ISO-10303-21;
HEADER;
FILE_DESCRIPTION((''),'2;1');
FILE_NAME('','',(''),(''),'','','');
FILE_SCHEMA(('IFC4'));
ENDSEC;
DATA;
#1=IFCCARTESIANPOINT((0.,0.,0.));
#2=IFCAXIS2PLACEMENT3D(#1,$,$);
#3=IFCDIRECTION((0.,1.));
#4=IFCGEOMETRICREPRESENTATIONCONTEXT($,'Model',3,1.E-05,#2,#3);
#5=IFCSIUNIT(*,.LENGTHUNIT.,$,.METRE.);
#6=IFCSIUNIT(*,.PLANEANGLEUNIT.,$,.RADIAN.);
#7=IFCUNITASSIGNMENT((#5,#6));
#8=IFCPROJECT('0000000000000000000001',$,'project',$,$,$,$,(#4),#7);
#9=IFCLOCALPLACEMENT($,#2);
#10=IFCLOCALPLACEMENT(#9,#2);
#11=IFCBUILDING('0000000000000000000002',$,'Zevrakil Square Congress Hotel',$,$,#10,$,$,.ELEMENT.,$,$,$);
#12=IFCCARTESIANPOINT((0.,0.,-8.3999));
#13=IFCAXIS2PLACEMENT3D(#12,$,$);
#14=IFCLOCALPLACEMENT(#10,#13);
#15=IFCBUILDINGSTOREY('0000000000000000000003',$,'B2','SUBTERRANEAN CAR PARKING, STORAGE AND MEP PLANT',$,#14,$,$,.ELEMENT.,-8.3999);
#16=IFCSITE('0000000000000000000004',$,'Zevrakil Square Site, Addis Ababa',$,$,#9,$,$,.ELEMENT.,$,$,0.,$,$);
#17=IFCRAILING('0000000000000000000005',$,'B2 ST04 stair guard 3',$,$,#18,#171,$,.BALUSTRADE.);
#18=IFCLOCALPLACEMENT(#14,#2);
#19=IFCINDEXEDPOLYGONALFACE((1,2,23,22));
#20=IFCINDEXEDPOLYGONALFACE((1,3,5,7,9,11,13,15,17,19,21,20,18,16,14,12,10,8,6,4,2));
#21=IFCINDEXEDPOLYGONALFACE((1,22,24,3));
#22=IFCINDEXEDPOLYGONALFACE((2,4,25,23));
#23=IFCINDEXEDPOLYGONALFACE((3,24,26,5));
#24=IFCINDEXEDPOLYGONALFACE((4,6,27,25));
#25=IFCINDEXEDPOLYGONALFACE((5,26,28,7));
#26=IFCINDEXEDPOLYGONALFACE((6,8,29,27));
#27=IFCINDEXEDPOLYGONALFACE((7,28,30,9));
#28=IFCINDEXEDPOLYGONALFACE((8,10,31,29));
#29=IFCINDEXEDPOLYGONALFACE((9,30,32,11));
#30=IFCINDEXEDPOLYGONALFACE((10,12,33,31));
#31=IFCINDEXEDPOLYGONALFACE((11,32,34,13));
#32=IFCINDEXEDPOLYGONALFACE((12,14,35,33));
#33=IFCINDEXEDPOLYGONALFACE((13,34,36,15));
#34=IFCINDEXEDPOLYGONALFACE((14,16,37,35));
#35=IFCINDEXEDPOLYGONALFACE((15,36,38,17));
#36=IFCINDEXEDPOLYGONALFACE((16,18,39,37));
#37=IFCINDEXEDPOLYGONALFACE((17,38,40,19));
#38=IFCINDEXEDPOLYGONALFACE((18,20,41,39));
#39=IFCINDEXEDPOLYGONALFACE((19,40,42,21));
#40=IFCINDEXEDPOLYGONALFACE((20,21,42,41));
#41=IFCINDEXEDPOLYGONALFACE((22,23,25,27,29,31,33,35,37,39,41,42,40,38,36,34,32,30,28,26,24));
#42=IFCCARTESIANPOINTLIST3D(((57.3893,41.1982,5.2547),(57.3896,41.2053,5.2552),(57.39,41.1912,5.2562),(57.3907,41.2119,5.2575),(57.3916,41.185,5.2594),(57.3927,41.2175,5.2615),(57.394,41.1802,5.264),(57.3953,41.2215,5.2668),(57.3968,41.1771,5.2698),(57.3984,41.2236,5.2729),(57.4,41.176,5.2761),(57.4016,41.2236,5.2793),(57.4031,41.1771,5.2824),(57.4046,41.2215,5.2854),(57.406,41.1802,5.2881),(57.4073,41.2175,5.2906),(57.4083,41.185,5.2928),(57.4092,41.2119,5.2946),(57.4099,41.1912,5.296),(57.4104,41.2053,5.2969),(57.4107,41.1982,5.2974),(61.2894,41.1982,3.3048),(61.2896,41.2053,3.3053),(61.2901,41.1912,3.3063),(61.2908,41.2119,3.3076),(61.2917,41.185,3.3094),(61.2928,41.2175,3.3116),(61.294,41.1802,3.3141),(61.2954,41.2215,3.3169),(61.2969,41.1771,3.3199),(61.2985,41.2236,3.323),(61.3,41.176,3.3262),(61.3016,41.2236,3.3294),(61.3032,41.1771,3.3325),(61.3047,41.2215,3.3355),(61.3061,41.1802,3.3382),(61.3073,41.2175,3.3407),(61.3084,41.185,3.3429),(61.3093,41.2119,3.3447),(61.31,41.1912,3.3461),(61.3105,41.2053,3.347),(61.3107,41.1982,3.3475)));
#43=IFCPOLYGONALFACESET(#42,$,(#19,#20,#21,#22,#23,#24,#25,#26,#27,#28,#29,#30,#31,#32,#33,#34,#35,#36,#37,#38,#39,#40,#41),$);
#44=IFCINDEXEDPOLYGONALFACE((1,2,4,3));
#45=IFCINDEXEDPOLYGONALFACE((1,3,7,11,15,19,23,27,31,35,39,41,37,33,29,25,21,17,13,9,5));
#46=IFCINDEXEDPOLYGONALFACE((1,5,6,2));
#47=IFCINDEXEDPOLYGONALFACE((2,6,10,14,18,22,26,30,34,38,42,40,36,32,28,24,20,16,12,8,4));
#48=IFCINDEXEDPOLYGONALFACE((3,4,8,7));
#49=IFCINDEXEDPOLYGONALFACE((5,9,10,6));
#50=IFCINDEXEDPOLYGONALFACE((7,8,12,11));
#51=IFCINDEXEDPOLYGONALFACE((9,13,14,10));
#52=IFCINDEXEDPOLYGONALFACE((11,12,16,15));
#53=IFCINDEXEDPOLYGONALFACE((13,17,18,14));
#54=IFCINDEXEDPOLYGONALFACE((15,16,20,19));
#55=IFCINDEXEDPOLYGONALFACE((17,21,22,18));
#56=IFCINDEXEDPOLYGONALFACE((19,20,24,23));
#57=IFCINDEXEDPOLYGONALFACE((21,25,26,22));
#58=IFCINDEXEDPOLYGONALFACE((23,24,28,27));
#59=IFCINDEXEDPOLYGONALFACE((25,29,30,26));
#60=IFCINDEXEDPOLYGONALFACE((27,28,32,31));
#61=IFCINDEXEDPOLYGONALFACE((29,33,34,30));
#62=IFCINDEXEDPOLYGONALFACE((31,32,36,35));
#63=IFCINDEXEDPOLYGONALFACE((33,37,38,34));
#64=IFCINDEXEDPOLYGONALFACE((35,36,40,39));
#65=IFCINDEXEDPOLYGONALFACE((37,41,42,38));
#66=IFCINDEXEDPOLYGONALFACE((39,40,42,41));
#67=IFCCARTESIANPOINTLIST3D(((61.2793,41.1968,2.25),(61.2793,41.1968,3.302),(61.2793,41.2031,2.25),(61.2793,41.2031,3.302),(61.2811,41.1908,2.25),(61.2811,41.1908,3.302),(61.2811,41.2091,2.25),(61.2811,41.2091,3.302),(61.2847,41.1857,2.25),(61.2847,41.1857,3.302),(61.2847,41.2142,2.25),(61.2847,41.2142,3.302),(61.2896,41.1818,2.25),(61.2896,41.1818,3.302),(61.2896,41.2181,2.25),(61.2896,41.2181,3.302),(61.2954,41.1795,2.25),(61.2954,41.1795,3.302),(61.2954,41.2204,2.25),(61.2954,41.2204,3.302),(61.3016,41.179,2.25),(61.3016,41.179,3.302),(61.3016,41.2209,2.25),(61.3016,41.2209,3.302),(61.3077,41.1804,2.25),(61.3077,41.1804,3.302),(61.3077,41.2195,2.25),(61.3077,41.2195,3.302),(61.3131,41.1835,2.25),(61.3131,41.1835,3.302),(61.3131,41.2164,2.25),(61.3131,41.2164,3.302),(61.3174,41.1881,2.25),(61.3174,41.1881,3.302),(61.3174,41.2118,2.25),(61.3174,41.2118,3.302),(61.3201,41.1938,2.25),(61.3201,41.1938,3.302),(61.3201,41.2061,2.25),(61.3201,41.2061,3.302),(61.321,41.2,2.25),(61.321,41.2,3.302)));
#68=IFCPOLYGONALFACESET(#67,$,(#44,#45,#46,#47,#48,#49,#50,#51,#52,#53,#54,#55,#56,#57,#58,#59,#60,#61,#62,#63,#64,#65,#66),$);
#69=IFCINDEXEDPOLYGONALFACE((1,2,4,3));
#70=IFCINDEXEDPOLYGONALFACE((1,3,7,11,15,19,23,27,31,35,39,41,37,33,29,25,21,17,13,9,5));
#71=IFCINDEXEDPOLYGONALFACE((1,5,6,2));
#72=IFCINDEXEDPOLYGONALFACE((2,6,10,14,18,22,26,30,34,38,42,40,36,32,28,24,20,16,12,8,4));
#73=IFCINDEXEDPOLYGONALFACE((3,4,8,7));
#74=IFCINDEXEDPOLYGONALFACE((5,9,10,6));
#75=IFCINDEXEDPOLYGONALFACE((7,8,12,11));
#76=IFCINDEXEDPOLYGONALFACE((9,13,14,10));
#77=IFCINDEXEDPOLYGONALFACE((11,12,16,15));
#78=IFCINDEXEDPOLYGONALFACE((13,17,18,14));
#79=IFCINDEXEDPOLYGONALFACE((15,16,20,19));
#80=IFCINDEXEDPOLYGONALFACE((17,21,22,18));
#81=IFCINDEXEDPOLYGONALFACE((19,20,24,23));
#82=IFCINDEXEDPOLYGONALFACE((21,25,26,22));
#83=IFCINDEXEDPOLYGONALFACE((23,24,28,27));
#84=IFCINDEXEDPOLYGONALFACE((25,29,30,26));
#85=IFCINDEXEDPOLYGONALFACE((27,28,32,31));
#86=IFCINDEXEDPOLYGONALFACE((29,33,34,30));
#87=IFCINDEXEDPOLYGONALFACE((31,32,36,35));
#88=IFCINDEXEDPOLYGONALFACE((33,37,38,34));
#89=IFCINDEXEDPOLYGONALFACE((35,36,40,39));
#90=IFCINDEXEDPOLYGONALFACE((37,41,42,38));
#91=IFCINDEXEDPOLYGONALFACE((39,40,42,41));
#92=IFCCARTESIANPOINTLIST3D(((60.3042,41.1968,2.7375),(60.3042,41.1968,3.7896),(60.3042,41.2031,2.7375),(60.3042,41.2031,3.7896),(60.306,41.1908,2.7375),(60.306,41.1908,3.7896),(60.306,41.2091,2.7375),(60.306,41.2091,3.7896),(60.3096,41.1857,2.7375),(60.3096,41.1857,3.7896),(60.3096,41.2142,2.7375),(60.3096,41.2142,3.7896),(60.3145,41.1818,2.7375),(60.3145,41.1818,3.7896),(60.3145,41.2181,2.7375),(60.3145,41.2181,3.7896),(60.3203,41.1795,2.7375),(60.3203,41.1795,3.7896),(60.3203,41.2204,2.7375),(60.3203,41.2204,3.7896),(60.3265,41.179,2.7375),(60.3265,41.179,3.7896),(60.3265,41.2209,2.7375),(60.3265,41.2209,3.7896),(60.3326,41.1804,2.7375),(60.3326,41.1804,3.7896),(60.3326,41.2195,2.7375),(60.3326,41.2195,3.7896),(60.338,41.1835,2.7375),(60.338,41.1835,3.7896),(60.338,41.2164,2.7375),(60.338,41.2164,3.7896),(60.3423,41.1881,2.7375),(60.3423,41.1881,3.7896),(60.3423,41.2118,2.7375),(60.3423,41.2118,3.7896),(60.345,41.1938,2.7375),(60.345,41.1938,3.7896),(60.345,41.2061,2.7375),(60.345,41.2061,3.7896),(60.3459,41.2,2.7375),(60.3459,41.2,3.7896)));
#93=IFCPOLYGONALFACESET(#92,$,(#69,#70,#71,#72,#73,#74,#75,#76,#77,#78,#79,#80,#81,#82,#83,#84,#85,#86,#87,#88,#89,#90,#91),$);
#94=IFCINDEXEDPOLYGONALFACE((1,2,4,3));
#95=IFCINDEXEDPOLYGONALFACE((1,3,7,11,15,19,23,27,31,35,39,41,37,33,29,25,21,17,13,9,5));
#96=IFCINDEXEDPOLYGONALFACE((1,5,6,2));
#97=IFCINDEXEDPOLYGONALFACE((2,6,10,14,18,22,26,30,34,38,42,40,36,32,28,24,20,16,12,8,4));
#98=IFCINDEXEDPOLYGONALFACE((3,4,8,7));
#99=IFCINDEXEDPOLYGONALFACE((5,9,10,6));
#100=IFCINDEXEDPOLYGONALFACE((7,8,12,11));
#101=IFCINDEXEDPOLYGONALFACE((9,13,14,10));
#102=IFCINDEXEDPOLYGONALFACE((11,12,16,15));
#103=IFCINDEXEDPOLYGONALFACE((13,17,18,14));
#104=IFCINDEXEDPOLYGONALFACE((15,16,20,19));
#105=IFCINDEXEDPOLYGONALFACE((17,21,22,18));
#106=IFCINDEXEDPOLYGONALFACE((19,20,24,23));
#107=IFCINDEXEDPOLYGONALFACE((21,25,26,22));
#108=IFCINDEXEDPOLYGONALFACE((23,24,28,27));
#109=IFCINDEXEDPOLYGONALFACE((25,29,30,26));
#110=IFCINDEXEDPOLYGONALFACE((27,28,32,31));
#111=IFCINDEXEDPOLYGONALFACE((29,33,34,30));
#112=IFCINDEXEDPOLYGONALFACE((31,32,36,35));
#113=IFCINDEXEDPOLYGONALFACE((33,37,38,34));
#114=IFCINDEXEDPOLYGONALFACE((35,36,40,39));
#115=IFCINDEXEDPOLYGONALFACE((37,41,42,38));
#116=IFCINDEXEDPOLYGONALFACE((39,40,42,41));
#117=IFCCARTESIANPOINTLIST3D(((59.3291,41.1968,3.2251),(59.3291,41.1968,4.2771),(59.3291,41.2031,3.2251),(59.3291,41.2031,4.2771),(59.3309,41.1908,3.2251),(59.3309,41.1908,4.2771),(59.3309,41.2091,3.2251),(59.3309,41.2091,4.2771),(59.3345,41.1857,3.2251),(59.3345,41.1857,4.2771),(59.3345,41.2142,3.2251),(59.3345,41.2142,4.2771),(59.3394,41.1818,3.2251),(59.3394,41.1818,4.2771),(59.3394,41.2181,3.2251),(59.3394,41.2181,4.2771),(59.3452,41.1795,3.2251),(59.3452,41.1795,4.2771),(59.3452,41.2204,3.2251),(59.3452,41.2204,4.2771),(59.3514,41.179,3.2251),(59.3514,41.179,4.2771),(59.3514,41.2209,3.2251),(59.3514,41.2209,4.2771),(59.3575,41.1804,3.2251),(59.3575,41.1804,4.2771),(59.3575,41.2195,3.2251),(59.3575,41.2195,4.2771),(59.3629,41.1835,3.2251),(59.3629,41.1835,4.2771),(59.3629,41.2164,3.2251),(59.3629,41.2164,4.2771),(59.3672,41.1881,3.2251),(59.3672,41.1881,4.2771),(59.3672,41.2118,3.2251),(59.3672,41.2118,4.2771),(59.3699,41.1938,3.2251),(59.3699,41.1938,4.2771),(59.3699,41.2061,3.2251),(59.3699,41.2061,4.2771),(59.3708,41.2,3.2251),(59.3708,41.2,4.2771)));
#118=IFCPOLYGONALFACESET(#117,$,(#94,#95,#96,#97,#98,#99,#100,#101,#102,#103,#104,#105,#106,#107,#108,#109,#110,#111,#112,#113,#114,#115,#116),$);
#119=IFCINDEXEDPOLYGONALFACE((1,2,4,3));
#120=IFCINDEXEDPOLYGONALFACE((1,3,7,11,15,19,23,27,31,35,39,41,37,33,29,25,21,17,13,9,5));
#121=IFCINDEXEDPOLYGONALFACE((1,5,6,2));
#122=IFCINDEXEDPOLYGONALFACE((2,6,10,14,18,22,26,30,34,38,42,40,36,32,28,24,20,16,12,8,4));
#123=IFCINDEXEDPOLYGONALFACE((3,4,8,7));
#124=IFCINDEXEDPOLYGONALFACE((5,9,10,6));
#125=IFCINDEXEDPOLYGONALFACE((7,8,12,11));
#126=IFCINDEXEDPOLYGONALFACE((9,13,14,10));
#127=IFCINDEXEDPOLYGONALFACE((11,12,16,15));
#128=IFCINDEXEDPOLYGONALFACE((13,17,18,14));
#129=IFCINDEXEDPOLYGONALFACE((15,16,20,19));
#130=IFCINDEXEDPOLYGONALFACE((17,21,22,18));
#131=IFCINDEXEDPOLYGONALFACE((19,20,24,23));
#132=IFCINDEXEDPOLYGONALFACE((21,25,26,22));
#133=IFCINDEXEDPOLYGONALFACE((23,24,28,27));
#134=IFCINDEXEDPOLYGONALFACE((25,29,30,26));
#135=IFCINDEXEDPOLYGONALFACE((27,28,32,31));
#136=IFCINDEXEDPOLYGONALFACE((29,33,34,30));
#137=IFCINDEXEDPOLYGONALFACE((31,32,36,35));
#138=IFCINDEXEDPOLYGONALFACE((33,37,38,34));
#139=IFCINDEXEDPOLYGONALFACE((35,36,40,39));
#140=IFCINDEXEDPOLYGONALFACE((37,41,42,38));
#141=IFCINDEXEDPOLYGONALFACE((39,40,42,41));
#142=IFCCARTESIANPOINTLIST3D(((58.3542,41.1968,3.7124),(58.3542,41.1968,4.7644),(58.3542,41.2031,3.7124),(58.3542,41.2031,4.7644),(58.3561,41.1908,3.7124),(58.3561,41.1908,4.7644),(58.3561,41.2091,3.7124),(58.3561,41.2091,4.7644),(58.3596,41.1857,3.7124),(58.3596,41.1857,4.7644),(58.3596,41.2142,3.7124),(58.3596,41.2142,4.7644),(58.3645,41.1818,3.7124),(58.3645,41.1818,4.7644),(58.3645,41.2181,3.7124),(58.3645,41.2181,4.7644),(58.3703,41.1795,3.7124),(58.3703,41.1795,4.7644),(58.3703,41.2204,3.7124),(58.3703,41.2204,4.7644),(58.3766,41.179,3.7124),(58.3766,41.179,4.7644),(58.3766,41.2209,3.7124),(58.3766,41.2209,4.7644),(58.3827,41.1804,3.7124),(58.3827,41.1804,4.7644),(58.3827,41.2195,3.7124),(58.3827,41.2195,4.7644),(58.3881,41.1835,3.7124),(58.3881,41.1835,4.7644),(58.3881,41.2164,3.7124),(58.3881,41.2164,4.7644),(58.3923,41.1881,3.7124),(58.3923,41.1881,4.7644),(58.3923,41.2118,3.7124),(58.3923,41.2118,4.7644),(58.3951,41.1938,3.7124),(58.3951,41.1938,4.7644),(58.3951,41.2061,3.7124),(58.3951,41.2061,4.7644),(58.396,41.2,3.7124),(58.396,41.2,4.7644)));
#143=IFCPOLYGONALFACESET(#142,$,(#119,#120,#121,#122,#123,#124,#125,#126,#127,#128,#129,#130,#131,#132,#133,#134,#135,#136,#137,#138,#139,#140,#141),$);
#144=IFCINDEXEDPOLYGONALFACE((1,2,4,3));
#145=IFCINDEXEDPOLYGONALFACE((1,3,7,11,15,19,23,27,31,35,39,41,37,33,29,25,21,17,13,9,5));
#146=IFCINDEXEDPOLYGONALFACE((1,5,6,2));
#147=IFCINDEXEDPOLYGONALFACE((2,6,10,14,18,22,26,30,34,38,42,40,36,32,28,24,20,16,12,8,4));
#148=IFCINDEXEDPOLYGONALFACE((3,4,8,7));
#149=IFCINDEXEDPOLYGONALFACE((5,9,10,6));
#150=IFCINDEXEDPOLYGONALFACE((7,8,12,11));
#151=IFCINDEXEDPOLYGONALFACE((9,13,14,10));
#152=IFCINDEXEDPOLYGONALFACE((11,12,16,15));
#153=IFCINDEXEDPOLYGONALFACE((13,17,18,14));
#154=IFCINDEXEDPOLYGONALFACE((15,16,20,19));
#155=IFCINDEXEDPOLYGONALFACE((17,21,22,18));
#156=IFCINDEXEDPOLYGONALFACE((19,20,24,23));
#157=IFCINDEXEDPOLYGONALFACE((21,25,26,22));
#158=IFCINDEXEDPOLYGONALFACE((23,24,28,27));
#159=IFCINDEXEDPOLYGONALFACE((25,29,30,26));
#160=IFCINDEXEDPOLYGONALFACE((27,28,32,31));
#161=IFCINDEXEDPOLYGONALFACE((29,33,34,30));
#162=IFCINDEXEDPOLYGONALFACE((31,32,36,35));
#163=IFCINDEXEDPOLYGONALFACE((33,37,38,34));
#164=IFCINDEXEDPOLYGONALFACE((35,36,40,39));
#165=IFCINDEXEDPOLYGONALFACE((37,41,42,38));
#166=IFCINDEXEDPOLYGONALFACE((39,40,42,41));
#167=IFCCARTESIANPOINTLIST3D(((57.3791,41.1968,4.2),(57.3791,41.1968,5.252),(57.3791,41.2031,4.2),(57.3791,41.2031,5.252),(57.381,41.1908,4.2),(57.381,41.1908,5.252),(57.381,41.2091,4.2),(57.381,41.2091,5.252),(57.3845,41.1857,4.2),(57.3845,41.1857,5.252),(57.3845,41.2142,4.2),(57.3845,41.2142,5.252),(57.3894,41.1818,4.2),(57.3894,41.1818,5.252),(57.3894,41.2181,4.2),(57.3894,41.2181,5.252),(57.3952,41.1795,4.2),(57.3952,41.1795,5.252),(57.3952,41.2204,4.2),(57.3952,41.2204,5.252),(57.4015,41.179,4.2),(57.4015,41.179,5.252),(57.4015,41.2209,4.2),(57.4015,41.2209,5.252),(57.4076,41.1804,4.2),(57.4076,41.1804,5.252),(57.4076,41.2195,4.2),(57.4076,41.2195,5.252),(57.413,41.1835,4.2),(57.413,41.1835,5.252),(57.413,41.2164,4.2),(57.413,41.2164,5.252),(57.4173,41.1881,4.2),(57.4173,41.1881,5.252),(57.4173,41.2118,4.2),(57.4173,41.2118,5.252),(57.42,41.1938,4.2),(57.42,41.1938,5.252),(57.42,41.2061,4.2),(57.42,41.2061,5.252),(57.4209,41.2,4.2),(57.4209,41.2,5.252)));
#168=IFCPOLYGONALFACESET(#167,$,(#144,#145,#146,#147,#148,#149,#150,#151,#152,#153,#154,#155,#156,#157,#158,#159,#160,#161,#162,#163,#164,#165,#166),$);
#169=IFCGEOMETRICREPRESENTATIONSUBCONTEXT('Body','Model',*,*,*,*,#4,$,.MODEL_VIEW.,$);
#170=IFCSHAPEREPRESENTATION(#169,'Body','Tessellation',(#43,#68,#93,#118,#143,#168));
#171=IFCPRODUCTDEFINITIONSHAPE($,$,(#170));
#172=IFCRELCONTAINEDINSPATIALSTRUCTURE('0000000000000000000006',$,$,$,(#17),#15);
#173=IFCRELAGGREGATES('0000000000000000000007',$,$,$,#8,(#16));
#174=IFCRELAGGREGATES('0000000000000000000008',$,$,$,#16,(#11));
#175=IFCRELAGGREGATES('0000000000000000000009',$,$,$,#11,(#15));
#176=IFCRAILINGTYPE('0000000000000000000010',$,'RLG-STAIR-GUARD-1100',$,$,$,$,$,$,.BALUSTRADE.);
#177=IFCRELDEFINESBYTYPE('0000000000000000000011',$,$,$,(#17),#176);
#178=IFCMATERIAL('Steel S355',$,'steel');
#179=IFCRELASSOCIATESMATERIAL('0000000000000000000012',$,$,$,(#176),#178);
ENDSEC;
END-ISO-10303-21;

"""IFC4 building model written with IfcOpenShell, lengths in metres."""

from ifc_helpers import new_model, si_unit, direction, frame, origin, origin_2d, place, context, subcontext, project, spatial, circle, extrude, material, type_object, element, save


model = new_model("IFC4")

# Units and contexts
model_context = context("Model", 3, precision=1e-05, world=origin(), true_north=direction((0.0, 1.0)))
body_context = subcontext(model_context, "Body", "Model", "MODEL_VIEW")
ifc_project = project(units=[si_unit("LENGTHUNIT", "METRE"), si_unit("PLANEANGLEUNIT", "RADIAN")], contexts=[model_context])

# Site, building, storey
site_placement = place(None, origin())
site = spatial("IfcSite", under=ifc_project, at=site_placement, Name="Zevrakil Square Site, Addis Ababa", CompositionType="ELEMENT", RefElevation=0.0)
building_placement = place(site_placement, origin())
building = spatial("IfcBuilding", under=site, at=building_placement, Name="Zevrakil Square Congress Hotel", CompositionType="ELEMENT")
storey_placement = place(building_placement, frame((0.0, 0.0, -8.3999)))
storey = spatial("IfcBuildingStorey", under=building, at=storey_placement, Name="B2", Description="SUBTERRANEAN CAR PARKING, STORAGE AND MEP PLANT", CompositionType="ELEMENT", Elevation=-8.3999)

# Railing
ifc_material_1 = material(Name="Steel S355", Category="steel")
railing_type_1 = type_object("IfcRailingType", Name="RLG-STAIR-GUARD-1100", PredefinedType="BALUSTRADE", material=ifc_material_1)
railing_1_placement = place(storey_placement, frame((61.3, 41.2, 2.25)))
element("IfcRailing", 1, at=railing_1_placement, inside=storey, type_object=railing_type_1, Name="B2 ST04 stair guard 3", PredefinedType="BALUSTRADE", context=body_context, shape_type="SweptSolid", body=[
    extrude(circle(Radius=0.0239, at=origin_2d()), frame((0.0, 0.0, 1.0762), z_axis=(-0.894438, 0.0, 0.447191), x_axis=(0.0, -1.0, 0.0)), (0.0, 0.0, 1.0), 4.3604),
    extrude(circle(Radius=0.021, at=origin_2d()), origin(), (0.0, 0.0, 1.0), 1.052),
    extrude(circle(Radius=0.021, at=origin_2d()), frame((-0.9751, 0.0, 0.4875)), (0.0, 0.0, 1.0), 1.052),
    extrude(circle(Radius=0.021, at=origin_2d()), frame((-1.9502, 0.0, 0.9751)), (0.0, 0.0, 1.0), 1.052),
    extrude(circle(Radius=0.021, at=origin_2d()), frame((-2.925, 0.0, 1.4624)), (0.0, 0.0, 1.0), 1.052),
    extrude(circle(Radius=0.021, at=origin_2d()), frame((-3.9001, 0.0, 1.95)), (0.0, 0.0, 1.0), 1.052),
])

save(model, "model.ifc")
